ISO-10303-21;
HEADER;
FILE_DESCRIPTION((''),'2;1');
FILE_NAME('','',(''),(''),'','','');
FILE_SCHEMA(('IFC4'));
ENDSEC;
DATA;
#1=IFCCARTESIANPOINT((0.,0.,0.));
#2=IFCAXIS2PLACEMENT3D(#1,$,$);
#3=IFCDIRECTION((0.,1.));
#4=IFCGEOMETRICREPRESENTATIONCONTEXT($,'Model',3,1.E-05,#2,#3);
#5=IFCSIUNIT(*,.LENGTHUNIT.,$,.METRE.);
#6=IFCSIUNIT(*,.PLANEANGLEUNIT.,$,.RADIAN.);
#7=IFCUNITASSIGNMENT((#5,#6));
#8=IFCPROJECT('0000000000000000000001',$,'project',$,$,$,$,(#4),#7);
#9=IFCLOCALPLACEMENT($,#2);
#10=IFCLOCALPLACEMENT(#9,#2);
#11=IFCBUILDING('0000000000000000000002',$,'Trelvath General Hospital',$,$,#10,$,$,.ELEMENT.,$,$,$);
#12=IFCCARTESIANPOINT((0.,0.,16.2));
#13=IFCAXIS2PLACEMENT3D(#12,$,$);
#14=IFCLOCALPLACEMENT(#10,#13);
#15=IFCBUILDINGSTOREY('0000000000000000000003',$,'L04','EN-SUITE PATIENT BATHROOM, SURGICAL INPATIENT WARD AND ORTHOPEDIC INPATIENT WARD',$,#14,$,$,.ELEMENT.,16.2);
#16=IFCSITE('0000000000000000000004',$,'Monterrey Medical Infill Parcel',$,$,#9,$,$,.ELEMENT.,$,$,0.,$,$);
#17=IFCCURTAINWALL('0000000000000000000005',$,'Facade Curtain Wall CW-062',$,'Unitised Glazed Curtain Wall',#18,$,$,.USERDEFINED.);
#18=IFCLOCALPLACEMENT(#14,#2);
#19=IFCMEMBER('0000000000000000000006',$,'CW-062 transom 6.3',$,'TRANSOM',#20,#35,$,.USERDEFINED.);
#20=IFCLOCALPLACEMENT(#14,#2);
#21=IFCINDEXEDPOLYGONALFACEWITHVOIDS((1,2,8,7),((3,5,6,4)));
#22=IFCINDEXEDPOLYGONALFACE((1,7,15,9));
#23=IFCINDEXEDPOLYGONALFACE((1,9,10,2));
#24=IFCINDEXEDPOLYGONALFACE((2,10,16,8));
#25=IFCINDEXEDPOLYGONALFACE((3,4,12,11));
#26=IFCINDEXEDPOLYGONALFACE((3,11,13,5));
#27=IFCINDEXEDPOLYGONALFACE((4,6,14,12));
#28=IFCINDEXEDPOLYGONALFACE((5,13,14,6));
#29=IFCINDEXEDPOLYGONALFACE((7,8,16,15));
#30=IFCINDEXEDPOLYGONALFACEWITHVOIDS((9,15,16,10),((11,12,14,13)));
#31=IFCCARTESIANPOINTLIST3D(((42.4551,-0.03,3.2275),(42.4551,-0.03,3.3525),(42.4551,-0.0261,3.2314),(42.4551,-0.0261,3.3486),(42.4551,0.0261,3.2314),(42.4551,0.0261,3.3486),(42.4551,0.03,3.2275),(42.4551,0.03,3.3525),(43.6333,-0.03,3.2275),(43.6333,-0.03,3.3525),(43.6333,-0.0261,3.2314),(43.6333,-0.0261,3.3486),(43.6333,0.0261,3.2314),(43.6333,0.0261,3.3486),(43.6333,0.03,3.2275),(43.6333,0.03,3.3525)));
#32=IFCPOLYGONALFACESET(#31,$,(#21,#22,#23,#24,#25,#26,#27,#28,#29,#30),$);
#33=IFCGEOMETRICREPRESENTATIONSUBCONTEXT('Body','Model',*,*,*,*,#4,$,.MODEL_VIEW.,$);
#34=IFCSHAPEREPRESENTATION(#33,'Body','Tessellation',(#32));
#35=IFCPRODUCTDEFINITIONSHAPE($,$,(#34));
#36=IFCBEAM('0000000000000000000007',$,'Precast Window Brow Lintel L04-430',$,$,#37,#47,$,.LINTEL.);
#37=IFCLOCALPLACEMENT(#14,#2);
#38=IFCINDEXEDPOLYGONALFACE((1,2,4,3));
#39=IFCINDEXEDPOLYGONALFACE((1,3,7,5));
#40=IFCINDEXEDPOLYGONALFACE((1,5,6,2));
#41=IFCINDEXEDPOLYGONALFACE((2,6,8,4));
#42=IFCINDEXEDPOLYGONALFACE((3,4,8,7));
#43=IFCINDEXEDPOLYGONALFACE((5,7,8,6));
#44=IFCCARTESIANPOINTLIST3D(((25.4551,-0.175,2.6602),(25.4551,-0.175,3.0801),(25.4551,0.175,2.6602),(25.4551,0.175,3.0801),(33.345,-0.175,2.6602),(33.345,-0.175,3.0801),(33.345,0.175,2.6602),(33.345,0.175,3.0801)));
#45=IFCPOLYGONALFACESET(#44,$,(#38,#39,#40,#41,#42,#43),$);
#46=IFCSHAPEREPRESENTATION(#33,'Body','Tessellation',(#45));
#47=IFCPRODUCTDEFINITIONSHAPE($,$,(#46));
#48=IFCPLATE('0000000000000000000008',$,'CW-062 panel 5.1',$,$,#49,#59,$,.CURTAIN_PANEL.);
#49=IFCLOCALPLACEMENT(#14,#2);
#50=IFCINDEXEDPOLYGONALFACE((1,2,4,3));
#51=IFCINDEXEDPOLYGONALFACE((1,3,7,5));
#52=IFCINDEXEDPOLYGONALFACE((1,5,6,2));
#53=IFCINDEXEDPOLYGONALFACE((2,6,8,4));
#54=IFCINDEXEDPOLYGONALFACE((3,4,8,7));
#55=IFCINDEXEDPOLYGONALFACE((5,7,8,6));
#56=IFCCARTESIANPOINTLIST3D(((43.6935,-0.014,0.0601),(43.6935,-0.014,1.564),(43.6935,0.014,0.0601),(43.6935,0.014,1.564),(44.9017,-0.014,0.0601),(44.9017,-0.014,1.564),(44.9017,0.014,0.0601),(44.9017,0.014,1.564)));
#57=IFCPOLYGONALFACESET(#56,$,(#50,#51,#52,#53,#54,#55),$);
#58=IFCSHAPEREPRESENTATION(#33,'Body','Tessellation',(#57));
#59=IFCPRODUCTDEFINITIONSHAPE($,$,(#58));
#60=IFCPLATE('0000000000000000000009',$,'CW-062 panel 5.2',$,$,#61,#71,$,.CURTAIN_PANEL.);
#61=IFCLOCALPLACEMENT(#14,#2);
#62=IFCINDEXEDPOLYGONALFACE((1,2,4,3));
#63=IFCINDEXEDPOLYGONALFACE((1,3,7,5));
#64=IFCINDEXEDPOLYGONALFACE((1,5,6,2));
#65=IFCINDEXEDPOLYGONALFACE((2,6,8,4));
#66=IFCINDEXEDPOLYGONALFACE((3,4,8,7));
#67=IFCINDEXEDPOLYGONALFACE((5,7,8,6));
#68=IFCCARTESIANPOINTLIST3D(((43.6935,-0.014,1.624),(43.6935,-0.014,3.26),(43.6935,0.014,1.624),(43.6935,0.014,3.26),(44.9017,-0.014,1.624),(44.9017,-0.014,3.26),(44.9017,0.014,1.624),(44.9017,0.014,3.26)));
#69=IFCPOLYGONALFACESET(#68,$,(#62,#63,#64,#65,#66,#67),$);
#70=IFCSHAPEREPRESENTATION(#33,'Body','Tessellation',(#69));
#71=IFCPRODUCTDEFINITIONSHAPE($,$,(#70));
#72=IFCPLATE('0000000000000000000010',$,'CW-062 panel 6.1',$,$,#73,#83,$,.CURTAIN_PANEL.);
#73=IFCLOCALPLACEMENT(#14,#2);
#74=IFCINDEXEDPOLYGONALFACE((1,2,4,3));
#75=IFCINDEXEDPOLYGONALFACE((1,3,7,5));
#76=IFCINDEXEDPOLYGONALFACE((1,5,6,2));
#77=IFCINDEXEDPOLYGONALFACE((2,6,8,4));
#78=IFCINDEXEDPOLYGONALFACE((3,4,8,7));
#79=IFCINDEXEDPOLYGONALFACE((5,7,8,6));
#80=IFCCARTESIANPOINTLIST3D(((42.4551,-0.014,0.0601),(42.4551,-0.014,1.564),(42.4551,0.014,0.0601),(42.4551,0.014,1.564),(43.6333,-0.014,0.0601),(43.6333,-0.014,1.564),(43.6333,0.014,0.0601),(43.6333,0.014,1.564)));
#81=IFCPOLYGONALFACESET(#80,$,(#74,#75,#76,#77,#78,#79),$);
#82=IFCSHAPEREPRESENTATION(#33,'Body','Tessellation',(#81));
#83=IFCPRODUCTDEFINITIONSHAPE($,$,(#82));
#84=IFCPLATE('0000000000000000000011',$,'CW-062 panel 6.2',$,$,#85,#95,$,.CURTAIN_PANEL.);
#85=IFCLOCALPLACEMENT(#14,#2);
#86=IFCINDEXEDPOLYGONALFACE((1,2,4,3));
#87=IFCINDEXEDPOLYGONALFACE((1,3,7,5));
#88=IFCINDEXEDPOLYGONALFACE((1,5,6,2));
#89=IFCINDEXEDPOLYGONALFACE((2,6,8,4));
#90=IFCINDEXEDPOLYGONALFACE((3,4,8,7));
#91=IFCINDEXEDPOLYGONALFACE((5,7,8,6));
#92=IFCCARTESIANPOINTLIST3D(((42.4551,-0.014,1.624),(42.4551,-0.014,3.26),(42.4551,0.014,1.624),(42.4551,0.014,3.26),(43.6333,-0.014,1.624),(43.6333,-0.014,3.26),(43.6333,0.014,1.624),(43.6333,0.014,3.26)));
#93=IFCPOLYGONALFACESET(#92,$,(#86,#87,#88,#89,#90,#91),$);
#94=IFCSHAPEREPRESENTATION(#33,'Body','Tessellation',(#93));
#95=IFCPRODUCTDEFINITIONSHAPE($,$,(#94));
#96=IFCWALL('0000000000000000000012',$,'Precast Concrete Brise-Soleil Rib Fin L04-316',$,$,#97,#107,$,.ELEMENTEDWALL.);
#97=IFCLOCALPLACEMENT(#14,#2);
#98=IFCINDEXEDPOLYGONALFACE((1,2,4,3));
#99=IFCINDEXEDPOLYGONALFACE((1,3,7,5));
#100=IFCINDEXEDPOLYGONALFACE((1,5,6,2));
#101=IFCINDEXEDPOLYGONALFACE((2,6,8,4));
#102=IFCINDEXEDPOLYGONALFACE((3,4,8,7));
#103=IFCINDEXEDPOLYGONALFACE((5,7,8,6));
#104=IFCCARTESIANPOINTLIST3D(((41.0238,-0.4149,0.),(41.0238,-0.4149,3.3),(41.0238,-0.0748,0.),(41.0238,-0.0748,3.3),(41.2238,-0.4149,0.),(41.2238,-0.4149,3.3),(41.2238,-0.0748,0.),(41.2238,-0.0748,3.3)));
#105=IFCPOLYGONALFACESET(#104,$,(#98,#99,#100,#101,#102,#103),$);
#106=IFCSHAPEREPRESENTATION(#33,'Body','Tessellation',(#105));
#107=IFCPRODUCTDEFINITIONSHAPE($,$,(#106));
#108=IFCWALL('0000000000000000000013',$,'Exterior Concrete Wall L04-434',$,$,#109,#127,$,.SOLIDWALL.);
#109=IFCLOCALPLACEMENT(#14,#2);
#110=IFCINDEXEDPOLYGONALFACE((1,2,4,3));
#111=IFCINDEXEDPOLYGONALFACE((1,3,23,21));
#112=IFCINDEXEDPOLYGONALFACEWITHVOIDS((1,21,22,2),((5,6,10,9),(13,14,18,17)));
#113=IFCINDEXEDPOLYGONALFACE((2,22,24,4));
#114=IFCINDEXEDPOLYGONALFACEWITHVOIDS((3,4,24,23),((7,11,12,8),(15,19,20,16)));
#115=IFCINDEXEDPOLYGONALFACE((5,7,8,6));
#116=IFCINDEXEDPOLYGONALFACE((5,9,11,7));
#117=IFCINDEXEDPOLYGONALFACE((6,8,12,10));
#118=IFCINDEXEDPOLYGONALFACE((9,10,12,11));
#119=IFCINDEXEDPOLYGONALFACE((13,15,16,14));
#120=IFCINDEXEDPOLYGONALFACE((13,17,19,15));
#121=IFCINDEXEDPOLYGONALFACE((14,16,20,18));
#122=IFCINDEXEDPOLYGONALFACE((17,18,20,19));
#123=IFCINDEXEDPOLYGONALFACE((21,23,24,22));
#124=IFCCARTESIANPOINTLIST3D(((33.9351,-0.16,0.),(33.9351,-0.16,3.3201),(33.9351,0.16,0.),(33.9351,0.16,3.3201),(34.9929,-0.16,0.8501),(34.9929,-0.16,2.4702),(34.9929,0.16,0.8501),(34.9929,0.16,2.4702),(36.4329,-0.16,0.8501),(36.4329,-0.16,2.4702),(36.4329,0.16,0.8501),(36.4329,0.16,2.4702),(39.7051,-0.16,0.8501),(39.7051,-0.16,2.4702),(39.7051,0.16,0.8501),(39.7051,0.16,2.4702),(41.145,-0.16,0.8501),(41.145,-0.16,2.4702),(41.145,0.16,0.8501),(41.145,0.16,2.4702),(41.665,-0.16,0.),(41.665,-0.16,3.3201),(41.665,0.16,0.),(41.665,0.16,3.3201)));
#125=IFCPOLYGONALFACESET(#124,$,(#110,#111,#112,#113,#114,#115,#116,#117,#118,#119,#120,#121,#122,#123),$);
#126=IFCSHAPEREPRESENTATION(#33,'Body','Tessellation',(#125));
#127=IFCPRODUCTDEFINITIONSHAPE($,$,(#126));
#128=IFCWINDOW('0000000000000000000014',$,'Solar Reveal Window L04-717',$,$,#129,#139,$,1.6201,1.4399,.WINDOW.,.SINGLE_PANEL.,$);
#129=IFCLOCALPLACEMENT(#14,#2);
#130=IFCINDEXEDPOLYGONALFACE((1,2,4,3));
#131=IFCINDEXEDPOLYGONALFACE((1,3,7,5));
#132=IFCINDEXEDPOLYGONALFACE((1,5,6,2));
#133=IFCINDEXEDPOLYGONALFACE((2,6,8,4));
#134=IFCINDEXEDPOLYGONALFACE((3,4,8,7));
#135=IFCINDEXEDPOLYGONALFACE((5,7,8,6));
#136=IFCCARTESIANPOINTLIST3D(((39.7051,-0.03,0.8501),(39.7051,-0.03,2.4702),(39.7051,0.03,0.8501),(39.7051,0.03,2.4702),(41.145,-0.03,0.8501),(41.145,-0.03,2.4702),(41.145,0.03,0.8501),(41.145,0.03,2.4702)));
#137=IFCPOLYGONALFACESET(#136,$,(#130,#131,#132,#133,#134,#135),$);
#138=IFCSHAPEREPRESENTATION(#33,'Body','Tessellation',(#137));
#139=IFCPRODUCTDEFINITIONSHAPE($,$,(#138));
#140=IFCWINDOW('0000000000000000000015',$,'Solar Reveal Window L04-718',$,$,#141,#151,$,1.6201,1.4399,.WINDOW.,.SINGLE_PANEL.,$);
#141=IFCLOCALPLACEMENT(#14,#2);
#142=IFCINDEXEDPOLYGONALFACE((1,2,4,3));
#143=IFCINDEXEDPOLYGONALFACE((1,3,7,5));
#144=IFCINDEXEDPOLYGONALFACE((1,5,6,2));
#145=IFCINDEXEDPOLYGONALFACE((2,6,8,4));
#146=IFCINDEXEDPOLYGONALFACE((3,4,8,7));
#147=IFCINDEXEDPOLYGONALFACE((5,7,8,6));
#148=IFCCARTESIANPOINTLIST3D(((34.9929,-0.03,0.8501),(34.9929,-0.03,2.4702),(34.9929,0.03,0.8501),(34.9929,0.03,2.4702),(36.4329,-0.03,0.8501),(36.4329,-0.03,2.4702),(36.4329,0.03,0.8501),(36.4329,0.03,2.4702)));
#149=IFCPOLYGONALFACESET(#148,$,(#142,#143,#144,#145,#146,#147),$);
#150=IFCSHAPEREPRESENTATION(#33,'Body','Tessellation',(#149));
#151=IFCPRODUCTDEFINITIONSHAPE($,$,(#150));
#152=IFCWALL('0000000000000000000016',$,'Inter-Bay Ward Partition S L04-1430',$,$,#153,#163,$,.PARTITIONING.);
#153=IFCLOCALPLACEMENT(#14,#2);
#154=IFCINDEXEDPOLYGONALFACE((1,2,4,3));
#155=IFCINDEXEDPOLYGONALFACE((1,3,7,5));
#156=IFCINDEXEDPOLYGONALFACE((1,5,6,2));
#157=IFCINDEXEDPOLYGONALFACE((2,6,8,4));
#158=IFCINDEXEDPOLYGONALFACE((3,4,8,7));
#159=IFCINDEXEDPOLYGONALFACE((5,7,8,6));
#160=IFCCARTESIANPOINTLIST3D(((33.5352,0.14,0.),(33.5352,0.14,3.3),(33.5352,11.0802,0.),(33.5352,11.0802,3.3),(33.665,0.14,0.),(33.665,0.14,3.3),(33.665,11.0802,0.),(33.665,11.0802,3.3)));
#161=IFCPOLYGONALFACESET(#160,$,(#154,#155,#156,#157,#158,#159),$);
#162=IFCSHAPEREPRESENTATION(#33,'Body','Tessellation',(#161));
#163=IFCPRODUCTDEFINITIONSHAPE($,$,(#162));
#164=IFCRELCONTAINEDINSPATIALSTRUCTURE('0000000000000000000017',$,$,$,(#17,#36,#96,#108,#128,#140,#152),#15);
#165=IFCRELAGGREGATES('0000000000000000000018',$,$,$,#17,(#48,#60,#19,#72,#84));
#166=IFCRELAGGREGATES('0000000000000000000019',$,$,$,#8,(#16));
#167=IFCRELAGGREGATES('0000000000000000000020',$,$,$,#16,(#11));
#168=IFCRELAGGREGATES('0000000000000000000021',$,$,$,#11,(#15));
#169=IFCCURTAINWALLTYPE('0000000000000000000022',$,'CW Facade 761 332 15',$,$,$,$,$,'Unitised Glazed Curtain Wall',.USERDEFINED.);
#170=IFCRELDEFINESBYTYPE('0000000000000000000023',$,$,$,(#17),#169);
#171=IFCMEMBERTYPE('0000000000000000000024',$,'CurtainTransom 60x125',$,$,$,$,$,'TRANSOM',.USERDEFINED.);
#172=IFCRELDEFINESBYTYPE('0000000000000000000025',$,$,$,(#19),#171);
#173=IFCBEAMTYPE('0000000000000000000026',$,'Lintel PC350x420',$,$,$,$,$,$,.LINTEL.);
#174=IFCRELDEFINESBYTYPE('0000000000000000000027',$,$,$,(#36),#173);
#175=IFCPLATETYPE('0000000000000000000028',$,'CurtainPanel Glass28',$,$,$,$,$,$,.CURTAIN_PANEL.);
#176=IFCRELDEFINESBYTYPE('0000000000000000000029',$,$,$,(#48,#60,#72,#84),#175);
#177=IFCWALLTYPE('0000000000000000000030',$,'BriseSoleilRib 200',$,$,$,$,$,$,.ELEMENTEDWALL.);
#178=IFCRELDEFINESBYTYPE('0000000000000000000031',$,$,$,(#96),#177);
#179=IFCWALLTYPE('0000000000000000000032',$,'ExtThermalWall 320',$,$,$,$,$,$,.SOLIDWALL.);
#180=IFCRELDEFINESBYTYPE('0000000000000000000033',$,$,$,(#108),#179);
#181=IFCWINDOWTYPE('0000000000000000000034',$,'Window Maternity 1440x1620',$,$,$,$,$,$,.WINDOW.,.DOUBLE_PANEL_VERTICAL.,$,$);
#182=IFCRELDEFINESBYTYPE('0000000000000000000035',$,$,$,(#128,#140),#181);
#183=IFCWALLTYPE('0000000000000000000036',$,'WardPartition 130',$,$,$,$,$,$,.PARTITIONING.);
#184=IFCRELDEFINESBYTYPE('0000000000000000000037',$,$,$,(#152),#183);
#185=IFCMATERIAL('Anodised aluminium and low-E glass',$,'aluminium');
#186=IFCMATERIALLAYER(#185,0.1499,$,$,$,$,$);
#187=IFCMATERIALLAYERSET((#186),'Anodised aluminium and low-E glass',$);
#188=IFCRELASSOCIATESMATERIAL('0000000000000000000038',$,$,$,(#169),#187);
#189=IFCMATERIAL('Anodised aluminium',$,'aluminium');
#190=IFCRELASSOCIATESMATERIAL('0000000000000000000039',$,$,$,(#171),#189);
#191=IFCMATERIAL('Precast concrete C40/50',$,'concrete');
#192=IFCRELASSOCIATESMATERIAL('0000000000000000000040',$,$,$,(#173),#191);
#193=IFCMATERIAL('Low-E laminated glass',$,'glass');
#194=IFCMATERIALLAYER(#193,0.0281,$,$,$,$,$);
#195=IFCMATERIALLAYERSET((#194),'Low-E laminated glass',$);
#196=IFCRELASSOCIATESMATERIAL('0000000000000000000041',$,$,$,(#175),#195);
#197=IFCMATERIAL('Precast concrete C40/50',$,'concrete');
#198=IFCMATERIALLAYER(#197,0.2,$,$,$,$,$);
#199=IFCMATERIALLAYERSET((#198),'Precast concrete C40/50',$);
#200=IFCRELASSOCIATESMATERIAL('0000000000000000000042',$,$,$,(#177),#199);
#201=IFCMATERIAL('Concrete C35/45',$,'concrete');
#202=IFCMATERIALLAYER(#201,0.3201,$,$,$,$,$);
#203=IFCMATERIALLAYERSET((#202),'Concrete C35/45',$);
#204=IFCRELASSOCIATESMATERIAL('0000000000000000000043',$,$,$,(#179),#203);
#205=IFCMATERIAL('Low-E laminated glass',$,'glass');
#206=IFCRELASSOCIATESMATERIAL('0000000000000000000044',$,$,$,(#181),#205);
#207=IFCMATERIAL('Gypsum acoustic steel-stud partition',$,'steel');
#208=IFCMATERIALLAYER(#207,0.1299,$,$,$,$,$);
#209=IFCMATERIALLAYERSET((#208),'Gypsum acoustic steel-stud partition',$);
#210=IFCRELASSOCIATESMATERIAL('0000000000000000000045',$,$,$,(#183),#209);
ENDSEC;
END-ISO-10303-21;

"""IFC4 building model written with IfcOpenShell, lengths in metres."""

from ifc_helpers import new_model, si_unit, direction, frame, frame_2d, origin, origin_2d, place, context, subcontext, project, spatial, rectangle, hollow_rectangle, extrude, material, layer, layer_set, material_profile, profile_set, type_object, element, fill, aggregate, save


model = new_model("IFC4")

# Units and contexts
model_context = context("Model", 3, precision=1e-05, world=origin(), true_north=direction((0.0, 1.0)))
body_context = subcontext(model_context, "Body", "Model", "MODEL_VIEW")
ifc_project = project(units=[si_unit("LENGTHUNIT", "METRE"), si_unit("PLANEANGLEUNIT", "RADIAN")], contexts=[model_context])

# Site, building, storey
site_placement = place(None, origin())
site = spatial("IfcSite", under=ifc_project, at=site_placement, Name="Monterrey Medical Infill Parcel", CompositionType="ELEMENT", RefElevation=0.0)
building_placement = place(site_placement, origin())
building = spatial("IfcBuilding", under=site, at=building_placement, Name="Trelvath General Hospital", CompositionType="ELEMENT")
storey_placement = place(building_placement, frame((0.0, 0.0, 16.2)))
storey = spatial("IfcBuildingStorey", under=building, at=storey_placement, Name="L04", Description="EN-SUITE PATIENT BATHROOM, SURGICAL INPATIENT WARD AND ORTHOPEDIC INPATIENT WARD", CompositionType="ELEMENT", Elevation=16.2)

# Curtain wall, member
ifc_material_1 = material(Name="Anodised aluminium and low-E glass", Category="aluminium")
ifc_layer_1 = layer(ifc_material_1, 0.1499)
ifc_layer_set_1 = layer_set([ifc_layer_1], Name="Anodised aluminium and low-E glass")
curtain_wall_type = type_object("IfcCurtainWallType", Name="CW Facade 761 332 15", ElementType="Unitised Glazed Curtain Wall", PredefinedType="USERDEFINED", material=ifc_layer_set_1)
curtain_wall_placement = place(storey_placement, origin())
curtain_wall = element("IfcCurtainWall", 1, at=curtain_wall_placement, inside=storey, type_object=curtain_wall_type, Name="Facade Curtain Wall CW-062", ObjectType="Unitised Glazed Curtain Wall", PredefinedType="USERDEFINED")
ifc_material_2 = material(Name="Anodised aluminium", Category="aluminium")
ifc_material_profile_1 = material_profile(ifc_material_2, hollow_rectangle(XDim=0.0601, YDim=0.125, WallThickness=0.0039, at=origin_2d()), Name="RHS60x125x4")
ifc_profile_set_1 = profile_set([ifc_material_profile_1], Name="Anodised aluminium")
member_type_1 = type_object("IfcMemberType", Name="CurtainTransom 60x125", ElementType="TRANSOM", PredefinedType="USERDEFINED", material=ifc_profile_set_1)
member_1_placement = place(storey_placement, frame((43.6333, 0.0, 3.29), z_axis=(-1.0, 0.0, 0.0), x_axis=(0.0, -1.0, 0.0)))
member_1 = element("IfcMember", 2, at=member_1_placement, type_object=member_type_1, Name="CW-062 transom 6.3", ObjectType="TRANSOM", PredefinedType="USERDEFINED", context=body_context, shape_type="SweptSolid", body=[
    extrude(hollow_rectangle(XDim=0.0601, YDim=0.125, WallThickness=0.0039, at=origin_2d()), origin(), (0.0, 0.0, 1.0), 1.1782),
])

# Beam
ifc_material_3 = material(Name="Precast concrete C40/50", Category="concrete")
ifc_material_profile_2 = material_profile(ifc_material_3, rectangle(XDim=0.3501, YDim=0.4199, at=origin_2d()), Name="PCL350x420")
ifc_profile_set_2 = profile_set([ifc_material_profile_2], Name="Precast concrete C40/50")
beam_type_1 = type_object("IfcBeamType", Name="Lintel PC350x420", PredefinedType="LINTEL", material=ifc_profile_set_2)
beam_placement = place(storey_placement, frame((33.345, 0.0, 2.8701), z_axis=(-1.0, 0.0, 0.0), x_axis=(0.0, -1.0, 0.0)))
element("IfcBeam", 3, at=beam_placement, inside=storey, type_object=beam_type_1, Name="Precast Window Brow Lintel L04-430", PredefinedType="LINTEL", context=body_context, shape_type="SweptSolid", body=[
    extrude(rectangle(XDim=0.3501, YDim=0.4199, at=origin_2d()), origin(), (0.0, 0.0, 1.0), 7.8899),
])

# Plates
ifc_material_4 = material(Name="Low-E laminated glass", Category="glass")
ifc_layer_2 = layer(ifc_material_4, 0.0281)
ifc_layer_set_2 = layer_set([ifc_layer_2], Name="Low-E laminated glass")
plate_type = type_object("IfcPlateType", Name="CurtainPanel Glass28", PredefinedType="CURTAIN_PANEL", material=ifc_layer_set_2)
plate_1_placement = place(storey_placement, frame((44.2976, 0.0, 0.0601), z_axis=(0.0, 0.0, 1.0), x_axis=(-1.0, 0.0, 0.0)))
plate_1 = element("IfcPlate", 4, at=plate_1_placement, type_object=plate_type, Name="CW-062 panel 5.1", PredefinedType="CURTAIN_PANEL", context=body_context, shape_type="SweptSolid", body=[
    extrude(rectangle(XDim=1.2083, YDim=0.0281, at=origin_2d()), origin(), (0.0, 0.0, 1.0), 1.5039),
])
plate_2_placement = place(storey_placement, frame((44.2976, 0.0, 1.624), z_axis=(0.0, 0.0, 1.0), x_axis=(-1.0, 0.0, 0.0)))
plate_2 = element("IfcPlate", 5, at=plate_2_placement, type_object=plate_type, Name="CW-062 panel 5.2", PredefinedType="CURTAIN_PANEL", context=body_context, shape_type="SweptSolid", body=[
    extrude(rectangle(XDim=1.2083, YDim=0.0281, at=origin_2d()), origin(), (0.0, 0.0, 1.0), 1.636),
])
plate_3_placement = place(storey_placement, frame((43.0442, 0.0, 0.0601), z_axis=(0.0, 0.0, 1.0), x_axis=(-1.0, 0.0, 0.0)))
plate_3 = element("IfcPlate", 6, at=plate_3_placement, type_object=plate_type, Name="CW-062 panel 6.1", PredefinedType="CURTAIN_PANEL", context=body_context, shape_type="SweptSolid", body=[
    extrude(rectangle(XDim=1.1782, YDim=0.0281, at=origin_2d()), origin(), (0.0, 0.0, 1.0), 1.5039),
])
plate_4_placement = place(storey_placement, frame((43.0442, 0.0, 1.624), z_axis=(0.0, 0.0, 1.0), x_axis=(-1.0, 0.0, 0.0)))
plate_4 = element("IfcPlate", 7, at=plate_4_placement, type_object=plate_type, Name="CW-062 panel 6.2", PredefinedType="CURTAIN_PANEL", context=body_context, shape_type="SweptSolid", body=[
    extrude(rectangle(XDim=1.1782, YDim=0.0281, at=origin_2d()), origin(), (0.0, 0.0, 1.0), 1.636),
])
aggregate(curtain_wall, [plate_1, plate_2, member_1, plate_3, plate_4])

# Wall
ifc_material_5 = material(Name="Precast concrete C40/50", Category="concrete")
ifc_layer_3 = layer(ifc_material_5, 0.2)
ifc_layer_set_3 = layer_set([ifc_layer_3], Name="Precast concrete C40/50")
wall_type_1 = type_object("IfcWallType", Name="BriseSoleilRib 200", PredefinedType="ELEMENTEDWALL", material=ifc_layer_set_3)
wall_1_placement = place(storey_placement, frame((41.1238, -0.075, 0.0), z_axis=(0.0, 0.0, 1.0), x_axis=(0.0, -1.0, 0.0)))
element("IfcWall", 8, at=wall_1_placement, inside=storey, type_object=wall_type_1, Name="Precast Concrete Brise-Soleil Rib Fin L04-316", PredefinedType="ELEMENTEDWALL", context=body_context, shape_type="SweptSolid", body=[
    extrude(rectangle(XDim=0.3401, YDim=0.2, at=frame_2d((0.1699, 0.0))), origin(), (0.0, 0.0, 1.0), 3.3),
])

# Wall, openings, windows
ifc_material_6 = material(Name="Concrete C35/45", Category="concrete")
ifc_layer_4 = layer(ifc_material_6, 0.3201)
ifc_layer_set_4 = layer_set([ifc_layer_4], Name="Concrete C35/45")
wall_type_2 = type_object("IfcWallType", Name="ExtThermalWall 320", PredefinedType="SOLIDWALL", material=ifc_layer_set_4)
wall_2_placement = place(storey_placement, frame((41.665, 0.0, 0.0), z_axis=(0.0, 0.0, 1.0), x_axis=(-1.0, 0.0, 0.0)))
wall_2 = element("IfcWall", 9, at=wall_2_placement, inside=storey, type_object=wall_type_2, Name="Exterior Concrete Wall L04-434", PredefinedType="SOLIDWALL", context=body_context, shape_type="SweptSolid", body=[
    extrude(rectangle(XDim=7.73, YDim=0.3201, at=frame_2d((3.865, 0.0))), origin(), (0.0, 0.0, 1.0), 3.3201),
])
opening_1_placement = place(wall_2_placement, frame((0.52, 0.0, 0.8501)))
opening_1 = element("IfcOpeningElement", 10, at=opening_1_placement, cuts=wall_2, PredefinedType="OPENING", context=body_context, shape_type="SweptSolid", body=[
    extrude(rectangle(XDim=1.4399, YDim=1.6201, at=frame_2d((0.72, 0.8101))), frame((0.0, 0.1699, 0.0), z_axis=(0.0, -1.0, 0.0), x_axis=(1.0, 0.0, 0.0)), (0.0, 0.0, 1.0), 0.3401),
])
opening_2_placement = place(wall_2_placement, frame((5.2322, 0.0, 0.8501)))
opening_2 = element("IfcOpeningElement", 11, at=opening_2_placement, cuts=wall_2, PredefinedType="OPENING", context=body_context, shape_type="SweptSolid", body=[
    extrude(rectangle(XDim=1.4399, YDim=1.6201, at=frame_2d((0.72, 0.8101))), frame((0.0, 0.1699, 0.0), z_axis=(0.0, -1.0, 0.0), x_axis=(1.0, 0.0, 0.0)), (0.0, 0.0, 1.0), 0.3401),
])
ifc_material_7 = material(Name="Low-E laminated glass", Category="glass")
window_type = type_object("IfcWindowType", Name="Window Maternity 1440x1620", PartitioningType="DOUBLE_PANEL_VERTICAL", PredefinedType="WINDOW", material=ifc_material_7)
window_1_placement = place(opening_1_placement, origin())
window_1 = element("IfcWindow", 12, at=window_1_placement, inside=storey, type_object=window_type, Name="Solar Reveal Window L04-717", OverallHeight=1.6201, OverallWidth=1.4399, PartitioningType="SINGLE_PANEL", PredefinedType="WINDOW", context=body_context, shape_type="SweptSolid", body=[
    extrude(rectangle(XDim=1.4399, YDim=1.6201, at=frame_2d((0.72, 0.8101))), frame((0.0, 0.03, 0.0), z_axis=(0.0, -1.0, 0.0), x_axis=(1.0, 0.0, 0.0)), (0.0, 0.0, 1.0), 0.0601),
])
fill(opening_1, window_1)
window_2_placement = place(opening_2_placement, origin())
window_2 = element("IfcWindow", 13, at=window_2_placement, inside=storey, type_object=window_type, Name="Solar Reveal Window L04-718", OverallHeight=1.6201, OverallWidth=1.4399, PartitioningType="SINGLE_PANEL", PredefinedType="WINDOW", context=body_context, shape_type="SweptSolid", body=[
    extrude(rectangle(XDim=1.4399, YDim=1.6201, at=frame_2d((0.72, 0.8101))), frame((0.0, 0.03, 0.0), z_axis=(0.0, -1.0, 0.0), x_axis=(1.0, 0.0, 0.0)), (0.0, 0.0, 1.0), 0.0601),
])
fill(opening_2, window_2)

# Wall
ifc_material_8 = material(Name="Gypsum acoustic steel-stud partition", Category="steel")
ifc_layer_5 = layer(ifc_material_8, 0.1299)
ifc_layer_set_5 = layer_set([ifc_layer_5], Name="Gypsum acoustic steel-stud partition")
wall_type_3 = type_object("IfcWallType", Name="WardPartition 130", PredefinedType="PARTITIONING", material=ifc_layer_set_5)
wall_3_placement = place(storey_placement, frame((33.6001, 0.1399, 0.0), z_axis=(0.0, 0.0, 1.0), x_axis=(0.0, 1.0, 0.0)))
element("IfcWall", 14, at=wall_3_placement, inside=storey, type_object=wall_type_3, Name="Inter-Bay Ward Partition S L04-1430", PredefinedType="PARTITIONING", context=body_context, shape_type="SweptSolid", body=[
    extrude(rectangle(XDim=10.9402, YDim=0.1299, at=frame_2d((5.4702, 0.0))), origin(), (0.0, 0.0, 1.0), 3.3),
])

save(model, "model.ifc")
